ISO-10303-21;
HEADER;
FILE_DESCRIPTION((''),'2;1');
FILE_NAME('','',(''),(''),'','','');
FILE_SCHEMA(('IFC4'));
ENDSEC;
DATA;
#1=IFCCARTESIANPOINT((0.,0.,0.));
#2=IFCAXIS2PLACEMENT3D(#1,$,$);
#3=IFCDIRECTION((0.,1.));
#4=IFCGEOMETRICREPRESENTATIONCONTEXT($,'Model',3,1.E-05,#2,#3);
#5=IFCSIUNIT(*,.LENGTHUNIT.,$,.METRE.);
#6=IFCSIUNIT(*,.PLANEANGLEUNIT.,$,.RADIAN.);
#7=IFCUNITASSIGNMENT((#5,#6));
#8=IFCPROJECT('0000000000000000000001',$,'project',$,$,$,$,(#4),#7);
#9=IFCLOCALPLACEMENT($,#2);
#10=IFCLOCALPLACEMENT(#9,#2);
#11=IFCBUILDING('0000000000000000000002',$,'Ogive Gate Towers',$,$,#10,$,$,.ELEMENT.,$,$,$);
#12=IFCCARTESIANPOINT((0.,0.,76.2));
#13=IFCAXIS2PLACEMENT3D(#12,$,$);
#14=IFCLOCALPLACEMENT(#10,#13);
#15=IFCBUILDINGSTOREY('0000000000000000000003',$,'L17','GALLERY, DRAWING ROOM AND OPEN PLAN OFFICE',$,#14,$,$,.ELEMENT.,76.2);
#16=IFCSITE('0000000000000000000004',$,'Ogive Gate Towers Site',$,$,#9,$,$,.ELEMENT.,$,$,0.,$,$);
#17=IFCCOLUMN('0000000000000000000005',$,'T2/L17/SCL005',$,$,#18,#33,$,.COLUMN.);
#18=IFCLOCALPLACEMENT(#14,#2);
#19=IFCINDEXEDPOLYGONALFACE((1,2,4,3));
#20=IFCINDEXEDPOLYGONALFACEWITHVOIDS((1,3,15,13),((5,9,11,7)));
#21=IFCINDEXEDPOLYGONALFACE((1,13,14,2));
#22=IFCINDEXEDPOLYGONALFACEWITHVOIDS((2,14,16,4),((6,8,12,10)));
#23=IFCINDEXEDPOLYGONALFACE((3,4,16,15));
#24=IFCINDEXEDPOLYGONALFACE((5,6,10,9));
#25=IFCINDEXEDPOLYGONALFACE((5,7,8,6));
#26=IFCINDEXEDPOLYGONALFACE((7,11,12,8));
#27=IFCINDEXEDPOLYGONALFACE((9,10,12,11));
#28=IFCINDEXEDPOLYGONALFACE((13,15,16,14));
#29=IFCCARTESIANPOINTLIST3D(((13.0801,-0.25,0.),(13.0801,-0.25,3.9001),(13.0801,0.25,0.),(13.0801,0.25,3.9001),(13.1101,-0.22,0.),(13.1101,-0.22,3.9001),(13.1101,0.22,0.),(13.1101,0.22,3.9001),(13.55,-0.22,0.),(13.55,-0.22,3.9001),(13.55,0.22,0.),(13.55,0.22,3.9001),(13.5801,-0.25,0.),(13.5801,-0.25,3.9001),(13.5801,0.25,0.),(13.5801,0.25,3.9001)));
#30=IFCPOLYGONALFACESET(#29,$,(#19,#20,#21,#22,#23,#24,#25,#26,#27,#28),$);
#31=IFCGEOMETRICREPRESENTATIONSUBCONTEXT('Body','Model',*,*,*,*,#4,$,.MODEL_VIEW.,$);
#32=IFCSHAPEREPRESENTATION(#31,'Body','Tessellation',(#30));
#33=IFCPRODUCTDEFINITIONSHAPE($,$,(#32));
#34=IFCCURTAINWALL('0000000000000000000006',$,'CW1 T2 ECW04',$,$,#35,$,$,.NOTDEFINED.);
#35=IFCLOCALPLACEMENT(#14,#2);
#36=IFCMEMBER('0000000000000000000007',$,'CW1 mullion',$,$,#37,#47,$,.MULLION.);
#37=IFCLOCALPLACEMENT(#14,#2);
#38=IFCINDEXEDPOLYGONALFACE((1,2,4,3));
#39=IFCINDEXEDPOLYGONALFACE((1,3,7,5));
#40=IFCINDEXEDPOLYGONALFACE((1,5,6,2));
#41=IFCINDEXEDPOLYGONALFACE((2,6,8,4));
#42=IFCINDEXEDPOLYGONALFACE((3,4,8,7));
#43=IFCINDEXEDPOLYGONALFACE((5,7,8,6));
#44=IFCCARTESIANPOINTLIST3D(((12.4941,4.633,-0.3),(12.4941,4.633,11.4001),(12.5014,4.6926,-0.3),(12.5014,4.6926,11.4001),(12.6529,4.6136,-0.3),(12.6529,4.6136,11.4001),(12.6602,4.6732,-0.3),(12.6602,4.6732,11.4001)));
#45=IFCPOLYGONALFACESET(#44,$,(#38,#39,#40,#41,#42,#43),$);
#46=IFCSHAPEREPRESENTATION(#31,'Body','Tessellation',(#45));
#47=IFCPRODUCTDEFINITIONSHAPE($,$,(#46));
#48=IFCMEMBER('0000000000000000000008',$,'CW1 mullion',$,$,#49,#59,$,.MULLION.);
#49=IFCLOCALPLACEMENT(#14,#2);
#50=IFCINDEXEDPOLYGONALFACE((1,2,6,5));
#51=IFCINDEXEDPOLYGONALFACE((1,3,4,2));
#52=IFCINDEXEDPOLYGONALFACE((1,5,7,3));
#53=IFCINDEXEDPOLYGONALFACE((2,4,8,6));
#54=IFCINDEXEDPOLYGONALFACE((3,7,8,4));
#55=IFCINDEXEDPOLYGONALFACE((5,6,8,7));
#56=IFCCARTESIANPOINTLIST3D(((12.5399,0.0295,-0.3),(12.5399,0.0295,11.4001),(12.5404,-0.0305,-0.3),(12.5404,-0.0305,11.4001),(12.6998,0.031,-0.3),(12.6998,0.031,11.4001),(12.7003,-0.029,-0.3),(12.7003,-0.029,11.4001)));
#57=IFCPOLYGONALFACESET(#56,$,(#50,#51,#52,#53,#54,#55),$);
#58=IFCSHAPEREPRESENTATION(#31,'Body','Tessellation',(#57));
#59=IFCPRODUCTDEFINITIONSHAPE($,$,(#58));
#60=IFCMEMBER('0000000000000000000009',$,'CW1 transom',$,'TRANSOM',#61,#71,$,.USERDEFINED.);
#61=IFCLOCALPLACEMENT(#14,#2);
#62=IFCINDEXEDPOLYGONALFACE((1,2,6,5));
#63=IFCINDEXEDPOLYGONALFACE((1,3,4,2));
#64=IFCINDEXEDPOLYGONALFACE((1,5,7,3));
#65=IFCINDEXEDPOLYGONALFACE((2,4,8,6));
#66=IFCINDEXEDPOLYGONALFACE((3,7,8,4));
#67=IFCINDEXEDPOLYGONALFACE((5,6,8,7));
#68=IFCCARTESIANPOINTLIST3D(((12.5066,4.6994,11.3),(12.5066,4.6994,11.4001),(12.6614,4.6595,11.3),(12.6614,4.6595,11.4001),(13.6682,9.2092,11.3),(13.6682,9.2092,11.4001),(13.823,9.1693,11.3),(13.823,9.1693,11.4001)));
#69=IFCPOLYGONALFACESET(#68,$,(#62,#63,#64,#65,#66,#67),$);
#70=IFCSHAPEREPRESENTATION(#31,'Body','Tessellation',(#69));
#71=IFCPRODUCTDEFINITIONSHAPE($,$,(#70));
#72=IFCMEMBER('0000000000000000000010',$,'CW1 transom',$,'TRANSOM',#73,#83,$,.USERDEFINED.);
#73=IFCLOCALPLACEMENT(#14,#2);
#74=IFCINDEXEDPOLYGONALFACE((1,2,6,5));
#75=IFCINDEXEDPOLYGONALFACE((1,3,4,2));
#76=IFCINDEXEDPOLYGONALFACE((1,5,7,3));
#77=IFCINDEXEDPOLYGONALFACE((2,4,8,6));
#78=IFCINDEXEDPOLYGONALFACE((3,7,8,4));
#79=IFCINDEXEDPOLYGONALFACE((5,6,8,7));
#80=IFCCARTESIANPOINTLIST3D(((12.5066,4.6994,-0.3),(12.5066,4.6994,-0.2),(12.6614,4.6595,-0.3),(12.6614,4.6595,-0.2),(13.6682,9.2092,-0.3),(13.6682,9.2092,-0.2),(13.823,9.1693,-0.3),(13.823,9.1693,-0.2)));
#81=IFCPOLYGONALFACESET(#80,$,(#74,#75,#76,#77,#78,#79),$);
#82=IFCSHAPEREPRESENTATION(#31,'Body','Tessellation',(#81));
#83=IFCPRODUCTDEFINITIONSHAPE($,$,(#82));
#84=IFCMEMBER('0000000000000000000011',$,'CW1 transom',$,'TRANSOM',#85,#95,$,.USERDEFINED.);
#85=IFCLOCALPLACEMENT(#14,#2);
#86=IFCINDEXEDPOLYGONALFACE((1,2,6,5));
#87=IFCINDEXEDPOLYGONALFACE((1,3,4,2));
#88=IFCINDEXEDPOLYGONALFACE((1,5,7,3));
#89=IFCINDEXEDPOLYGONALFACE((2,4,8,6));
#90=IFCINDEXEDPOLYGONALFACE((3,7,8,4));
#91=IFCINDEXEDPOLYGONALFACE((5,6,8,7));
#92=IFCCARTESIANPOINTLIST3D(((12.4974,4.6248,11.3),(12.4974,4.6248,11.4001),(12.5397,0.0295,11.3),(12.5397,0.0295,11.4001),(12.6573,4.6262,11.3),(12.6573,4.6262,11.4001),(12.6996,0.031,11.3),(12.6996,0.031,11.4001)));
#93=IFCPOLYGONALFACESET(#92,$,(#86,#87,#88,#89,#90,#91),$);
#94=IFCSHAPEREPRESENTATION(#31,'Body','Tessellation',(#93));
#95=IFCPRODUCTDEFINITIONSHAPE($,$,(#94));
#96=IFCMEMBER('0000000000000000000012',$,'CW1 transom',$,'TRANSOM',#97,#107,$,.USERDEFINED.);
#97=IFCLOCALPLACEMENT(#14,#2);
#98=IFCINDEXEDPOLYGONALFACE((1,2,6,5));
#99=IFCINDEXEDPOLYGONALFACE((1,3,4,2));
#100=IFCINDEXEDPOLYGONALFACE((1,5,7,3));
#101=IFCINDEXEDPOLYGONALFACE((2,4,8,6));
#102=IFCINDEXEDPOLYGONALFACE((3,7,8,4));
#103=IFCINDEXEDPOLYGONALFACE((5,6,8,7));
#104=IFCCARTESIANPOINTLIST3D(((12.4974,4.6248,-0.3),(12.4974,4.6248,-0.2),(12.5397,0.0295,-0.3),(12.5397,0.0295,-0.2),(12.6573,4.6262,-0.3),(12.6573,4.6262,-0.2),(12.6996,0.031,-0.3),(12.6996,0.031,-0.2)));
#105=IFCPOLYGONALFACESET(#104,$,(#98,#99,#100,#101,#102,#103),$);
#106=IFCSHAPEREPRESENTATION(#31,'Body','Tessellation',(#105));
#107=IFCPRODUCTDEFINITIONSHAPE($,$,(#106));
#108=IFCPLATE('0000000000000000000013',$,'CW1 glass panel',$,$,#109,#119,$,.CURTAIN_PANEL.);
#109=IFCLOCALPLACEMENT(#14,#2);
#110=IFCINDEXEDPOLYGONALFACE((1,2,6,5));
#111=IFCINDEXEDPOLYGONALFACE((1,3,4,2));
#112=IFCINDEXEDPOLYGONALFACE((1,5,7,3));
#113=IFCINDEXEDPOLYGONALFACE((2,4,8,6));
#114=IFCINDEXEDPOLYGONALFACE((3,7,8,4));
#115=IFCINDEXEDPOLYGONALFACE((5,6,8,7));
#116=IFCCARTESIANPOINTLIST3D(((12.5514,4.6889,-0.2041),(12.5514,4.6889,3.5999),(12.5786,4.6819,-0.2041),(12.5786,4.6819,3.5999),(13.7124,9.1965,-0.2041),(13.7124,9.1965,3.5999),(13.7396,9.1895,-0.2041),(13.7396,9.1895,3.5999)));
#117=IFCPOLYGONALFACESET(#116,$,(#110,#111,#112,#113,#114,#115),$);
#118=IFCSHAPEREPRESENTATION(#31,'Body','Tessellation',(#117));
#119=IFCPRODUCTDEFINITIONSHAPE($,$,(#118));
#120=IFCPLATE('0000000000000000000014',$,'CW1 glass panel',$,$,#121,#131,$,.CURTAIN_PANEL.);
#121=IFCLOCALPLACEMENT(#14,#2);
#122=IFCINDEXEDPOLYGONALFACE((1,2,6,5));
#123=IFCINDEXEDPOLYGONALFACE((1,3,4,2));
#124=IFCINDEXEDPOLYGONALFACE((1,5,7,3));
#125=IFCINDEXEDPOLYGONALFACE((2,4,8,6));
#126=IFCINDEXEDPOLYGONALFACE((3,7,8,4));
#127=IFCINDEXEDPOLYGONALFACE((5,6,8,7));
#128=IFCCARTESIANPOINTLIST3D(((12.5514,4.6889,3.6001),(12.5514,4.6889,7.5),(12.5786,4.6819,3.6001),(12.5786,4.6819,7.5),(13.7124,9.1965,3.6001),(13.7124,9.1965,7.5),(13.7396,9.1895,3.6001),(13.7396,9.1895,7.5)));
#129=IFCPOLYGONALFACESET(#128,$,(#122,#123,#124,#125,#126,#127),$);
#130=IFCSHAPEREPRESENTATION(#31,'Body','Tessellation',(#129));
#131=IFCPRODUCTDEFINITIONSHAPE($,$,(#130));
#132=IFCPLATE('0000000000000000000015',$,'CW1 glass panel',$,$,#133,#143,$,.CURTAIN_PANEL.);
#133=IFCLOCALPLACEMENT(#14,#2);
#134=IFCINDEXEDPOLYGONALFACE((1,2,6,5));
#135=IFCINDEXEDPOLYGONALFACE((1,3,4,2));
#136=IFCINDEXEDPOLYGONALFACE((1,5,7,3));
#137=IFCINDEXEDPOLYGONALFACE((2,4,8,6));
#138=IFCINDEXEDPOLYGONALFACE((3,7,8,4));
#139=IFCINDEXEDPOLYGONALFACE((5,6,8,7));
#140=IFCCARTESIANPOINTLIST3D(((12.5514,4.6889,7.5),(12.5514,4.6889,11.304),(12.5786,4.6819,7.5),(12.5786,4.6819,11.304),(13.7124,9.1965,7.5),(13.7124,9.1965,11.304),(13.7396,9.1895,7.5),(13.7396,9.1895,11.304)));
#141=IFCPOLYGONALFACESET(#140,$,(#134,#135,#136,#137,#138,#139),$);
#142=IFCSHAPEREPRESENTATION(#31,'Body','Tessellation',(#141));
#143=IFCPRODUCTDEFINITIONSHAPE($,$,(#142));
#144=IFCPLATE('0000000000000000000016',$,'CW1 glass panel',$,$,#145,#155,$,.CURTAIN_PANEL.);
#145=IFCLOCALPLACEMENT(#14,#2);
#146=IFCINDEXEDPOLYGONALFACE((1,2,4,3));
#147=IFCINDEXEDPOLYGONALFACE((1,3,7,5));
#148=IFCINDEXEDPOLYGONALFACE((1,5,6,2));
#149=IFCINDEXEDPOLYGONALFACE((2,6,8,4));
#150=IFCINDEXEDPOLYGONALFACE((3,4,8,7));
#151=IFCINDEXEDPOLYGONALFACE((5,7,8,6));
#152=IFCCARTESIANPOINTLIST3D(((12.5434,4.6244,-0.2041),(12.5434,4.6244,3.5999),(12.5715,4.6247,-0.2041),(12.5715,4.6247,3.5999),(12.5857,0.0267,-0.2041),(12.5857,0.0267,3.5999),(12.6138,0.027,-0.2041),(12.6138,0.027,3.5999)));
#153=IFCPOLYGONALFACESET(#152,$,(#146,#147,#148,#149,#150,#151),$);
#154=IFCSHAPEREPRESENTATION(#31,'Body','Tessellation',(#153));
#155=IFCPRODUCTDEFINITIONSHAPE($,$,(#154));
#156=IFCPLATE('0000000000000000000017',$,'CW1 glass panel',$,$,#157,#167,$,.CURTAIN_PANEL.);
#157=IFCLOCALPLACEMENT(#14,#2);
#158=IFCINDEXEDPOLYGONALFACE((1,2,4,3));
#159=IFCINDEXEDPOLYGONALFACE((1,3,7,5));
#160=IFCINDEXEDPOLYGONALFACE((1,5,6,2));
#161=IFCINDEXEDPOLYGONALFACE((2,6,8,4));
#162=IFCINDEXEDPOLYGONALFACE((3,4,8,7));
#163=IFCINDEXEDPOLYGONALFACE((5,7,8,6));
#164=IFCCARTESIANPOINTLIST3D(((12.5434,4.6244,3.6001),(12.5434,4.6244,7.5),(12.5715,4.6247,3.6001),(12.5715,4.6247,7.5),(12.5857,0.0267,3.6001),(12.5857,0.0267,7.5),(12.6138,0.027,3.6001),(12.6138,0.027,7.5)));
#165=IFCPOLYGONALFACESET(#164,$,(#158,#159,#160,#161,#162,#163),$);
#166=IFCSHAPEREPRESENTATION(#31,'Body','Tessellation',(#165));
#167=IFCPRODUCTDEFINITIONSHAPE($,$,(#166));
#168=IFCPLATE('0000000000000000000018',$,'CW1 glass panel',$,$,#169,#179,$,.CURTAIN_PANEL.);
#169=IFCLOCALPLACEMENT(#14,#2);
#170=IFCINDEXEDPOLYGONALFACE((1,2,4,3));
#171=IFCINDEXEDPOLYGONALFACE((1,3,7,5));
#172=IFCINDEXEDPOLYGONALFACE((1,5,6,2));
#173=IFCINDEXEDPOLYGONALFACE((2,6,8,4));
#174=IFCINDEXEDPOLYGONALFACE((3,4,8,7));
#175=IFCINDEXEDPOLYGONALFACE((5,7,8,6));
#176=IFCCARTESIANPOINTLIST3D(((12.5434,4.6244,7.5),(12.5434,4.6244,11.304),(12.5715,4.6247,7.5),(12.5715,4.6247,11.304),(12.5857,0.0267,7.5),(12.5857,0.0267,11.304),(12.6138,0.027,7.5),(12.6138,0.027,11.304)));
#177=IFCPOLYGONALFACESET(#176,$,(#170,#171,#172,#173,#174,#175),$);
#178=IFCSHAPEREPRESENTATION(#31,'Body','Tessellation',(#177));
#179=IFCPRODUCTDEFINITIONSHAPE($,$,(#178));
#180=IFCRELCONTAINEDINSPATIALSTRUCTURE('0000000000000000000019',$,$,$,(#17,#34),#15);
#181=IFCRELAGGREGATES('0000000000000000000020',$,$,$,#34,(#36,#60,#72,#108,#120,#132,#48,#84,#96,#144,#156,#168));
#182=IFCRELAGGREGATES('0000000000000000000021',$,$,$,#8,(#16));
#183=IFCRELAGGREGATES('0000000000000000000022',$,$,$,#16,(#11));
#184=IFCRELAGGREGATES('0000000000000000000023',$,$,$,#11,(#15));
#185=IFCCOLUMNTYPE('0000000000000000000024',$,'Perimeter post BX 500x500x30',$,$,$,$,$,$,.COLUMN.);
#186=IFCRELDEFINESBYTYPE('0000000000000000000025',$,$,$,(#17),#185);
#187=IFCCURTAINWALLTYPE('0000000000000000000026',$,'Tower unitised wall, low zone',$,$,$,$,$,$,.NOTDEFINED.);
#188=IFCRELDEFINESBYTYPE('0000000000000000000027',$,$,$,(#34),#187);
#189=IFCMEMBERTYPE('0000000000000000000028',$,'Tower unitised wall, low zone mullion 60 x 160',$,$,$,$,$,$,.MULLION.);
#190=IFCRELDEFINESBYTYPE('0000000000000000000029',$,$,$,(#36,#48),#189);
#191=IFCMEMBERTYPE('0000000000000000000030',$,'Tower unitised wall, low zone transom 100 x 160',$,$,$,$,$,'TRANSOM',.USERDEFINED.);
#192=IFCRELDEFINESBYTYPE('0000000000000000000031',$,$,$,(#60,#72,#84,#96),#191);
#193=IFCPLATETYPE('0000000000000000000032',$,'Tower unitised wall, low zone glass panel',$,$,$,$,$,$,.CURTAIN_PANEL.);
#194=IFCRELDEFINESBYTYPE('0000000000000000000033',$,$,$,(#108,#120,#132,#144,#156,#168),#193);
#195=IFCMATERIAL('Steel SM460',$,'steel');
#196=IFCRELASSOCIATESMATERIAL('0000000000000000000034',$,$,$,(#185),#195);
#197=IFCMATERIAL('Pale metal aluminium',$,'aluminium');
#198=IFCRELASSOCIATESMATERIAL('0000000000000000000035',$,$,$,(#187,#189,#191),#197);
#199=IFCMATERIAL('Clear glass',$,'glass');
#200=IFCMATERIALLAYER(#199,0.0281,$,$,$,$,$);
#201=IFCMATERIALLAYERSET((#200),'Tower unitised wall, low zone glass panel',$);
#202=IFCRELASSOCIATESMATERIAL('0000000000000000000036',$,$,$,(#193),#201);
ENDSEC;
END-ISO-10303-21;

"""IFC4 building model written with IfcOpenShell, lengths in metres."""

from ifc_helpers import new_model, si_unit, direction, frame, origin, origin_2d, place, context, subcontext, project, spatial, rectangle, hollow_rectangle, extrude, material, layer, layer_set, material_profile, profile_set, type_object, element, aggregate, save


model = new_model("IFC4")

# Units and contexts
model_context = context("Model", 3, precision=1e-05, world=origin(), true_north=direction((0.0, 1.0)))
body_context = subcontext(model_context, "Body", "Model", "MODEL_VIEW")
ifc_project = project(units=[si_unit("LENGTHUNIT", "METRE"), si_unit("PLANEANGLEUNIT", "RADIAN")], contexts=[model_context])

# Site, building, storey
site_placement = place(None, origin())
site = spatial("IfcSite", under=ifc_project, at=site_placement, Name="Ogive Gate Towers Site", CompositionType="ELEMENT", RefElevation=0.0)
building_placement = place(site_placement, origin())
building = spatial("IfcBuilding", under=site, at=building_placement, Name="Ogive Gate Towers", CompositionType="ELEMENT")
storey_placement = place(building_placement, frame((0.0, 0.0, 76.2)))
storey = spatial("IfcBuildingStorey", under=building, at=storey_placement, Name="L17", Description="GALLERY, DRAWING ROOM AND OPEN PLAN OFFICE", CompositionType="ELEMENT", Elevation=76.2)

# Column
ifc_material_1 = material(Name="Steel SM460", Category="steel")
ifc_material_profile_1 = material_profile(ifc_material_1, hollow_rectangle(XDim=0.5, YDim=0.5, WallThickness=0.03, at=origin_2d()), Name="BX 500x500x30")
ifc_profile_set_1 = profile_set([ifc_material_profile_1], Name="Steel SM460")
column_type = type_object("IfcColumnType", Name="Perimeter post BX 500x500x30", PredefinedType="COLUMN", material=ifc_profile_set_1)
column_placement = place(storey_placement, frame((13.3301, 0.0, 0.0), z_axis=(0.0, 0.0, 1.0), x_axis=(1.0, 0.0, 0.0)))
element("IfcColumn", 1, at=column_placement, inside=storey, type_object=column_type, Name="T2/L17/SCL005", PredefinedType="COLUMN", context=body_context, shape_type="SweptSolid", body=[
    extrude(hollow_rectangle(XDim=0.5, YDim=0.5, WallThickness=0.03, at=origin_2d()), origin(), (0.0, 0.0, 1.0), 3.9001),
])

# Curtain wall, members, plates
ifc_material_2 = material(Name="Pale metal aluminium", Category="aluminium")
curtain_wall_type = type_object("IfcCurtainWallType", Name="Tower unitised wall, low zone", PredefinedType="NOTDEFINED", material=ifc_material_2)
curtain_wall_placement = place(storey_placement, origin())
curtain_wall = element("IfcCurtainWall", 2, at=curtain_wall_placement, inside=storey, type_object=curtain_wall_type, Name="CW1 T2 ECW04", PredefinedType="NOTDEFINED")
ifc_material_profile_2 = material_profile(ifc_material_2, rectangle(XDim=0.1599, YDim=0.0601, at=origin_2d()), Name="60 x 160 aluminium box")
ifc_profile_set_2 = profile_set([ifc_material_profile_2], Name="Pale metal aluminium")
member_type_1 = type_object("IfcMemberType", Name="Tower unitised wall, low zone mullion 60 x 160", PredefinedType="MULLION", material=ifc_profile_set_2)
member_1_placement = place(storey_placement, frame((12.5771, 4.6531, -0.3), z_axis=(0.0, 0.0, 1.0), x_axis=(-0.992635, 0.121142, 0.0)))
member_1 = element("IfcMember", 3, at=member_1_placement, type_object=member_type_1, Name="CW1 mullion", PredefinedType="MULLION", context=body_context, shape_type="SweptSolid", body=[
    extrude(rectangle(XDim=0.1599, YDim=0.0601, at=origin_2d()), origin(), (0.0, 0.0, 1.0), 11.7002),
])
member_2_placement = place(storey_placement, frame((12.6201, 0.0002, -0.3), z_axis=(0.0, 0.0, 1.0), x_axis=(-0.999958, -0.009198, 0.0)))
member_2 = element("IfcMember", 4, at=member_2_placement, type_object=member_type_1, Name="CW1 mullion", PredefinedType="MULLION", context=body_context, shape_type="SweptSolid", body=[
    extrude(rectangle(XDim=0.1599, YDim=0.0601, at=origin_2d()), origin(), (0.0, 0.0, 1.0), 11.7002),
])
ifc_material_profile_3 = material_profile(ifc_material_2, rectangle(XDim=0.1599, YDim=0.1001, at=origin_2d()), Name="100 x 160 aluminium box")
ifc_profile_set_3 = profile_set([ifc_material_profile_3], Name="Pale metal aluminium")
member_type_2 = type_object("IfcMemberType", Name="Tower unitised wall, low zone transom 100 x 160", ElementType="TRANSOM", PredefinedType="USERDEFINED", material=ifc_profile_set_3)
member_3_placement = place(storey_placement, frame((13.7456, 9.1892, 11.3501), z_axis=(-0.249437, -0.968391, 0.0), x_axis=(0.968391, -0.249437, 0.0)))
member_3 = element("IfcMember", 5, at=member_3_placement, type_object=member_type_2, Name="CW1 transom", ObjectType="TRANSOM", PredefinedType="USERDEFINED", context=body_context, shape_type="SweptSolid", body=[
    extrude(rectangle(XDim=0.1599, YDim=0.1001, at=origin_2d()), origin(), (0.0, 0.0, 1.0), 4.657),
])
member_4_placement = place(storey_placement, frame((13.7456, 9.1892, -0.25), z_axis=(-0.249437, -0.968391, 0.0), x_axis=(0.968391, -0.249437, 0.0)))
member_4 = element("IfcMember", 6, at=member_4_placement, type_object=member_type_2, Name="CW1 transom", ObjectType="TRANSOM", PredefinedType="USERDEFINED", context=body_context, shape_type="SweptSolid", body=[
    extrude(rectangle(XDim=0.1599, YDim=0.1001, at=origin_2d()), origin(), (0.0, 0.0, 1.0), 4.657),
])
member_5_placement = place(storey_placement, frame((12.5774, 4.6255, 11.3501), z_axis=(0.009191, -0.999958, 0.0), x_axis=(0.999958, 0.009191, 0.0)))
member_5 = element("IfcMember", 7, at=member_5_placement, type_object=member_type_2, Name="CW1 transom", ObjectType="TRANSOM", PredefinedType="USERDEFINED", context=body_context, shape_type="SweptSolid", body=[
    extrude(rectangle(XDim=0.1599, YDim=0.1001, at=origin_2d()), origin(), (0.0, 0.0, 1.0), 4.5955),
])
member_6_placement = place(storey_placement, frame((12.5774, 4.6255, -0.25), z_axis=(0.009191, -0.999958, 0.0), x_axis=(0.999958, 0.009191, 0.0)))
member_6 = element("IfcMember", 8, at=member_6_placement, type_object=member_type_2, Name="CW1 transom", ObjectType="TRANSOM", PredefinedType="USERDEFINED", context=body_context, shape_type="SweptSolid", body=[
    extrude(rectangle(XDim=0.1599, YDim=0.1001, at=origin_2d()), origin(), (0.0, 0.0, 1.0), 4.5955),
])
ifc_material_3 = material(Name="Clear glass", Category="glass")
ifc_layer_1 = layer(ifc_material_3, 0.0281)
ifc_layer_set_1 = layer_set([ifc_layer_1], Name="Tower unitised wall, low zone glass panel")
plate_type = type_object("IfcPlateType", Name="Tower unitised wall, low zone glass panel", PredefinedType="CURTAIN_PANEL", material=ifc_layer_set_1)
plate_1_placement = place(storey_placement, frame((13.1455, 6.9392, -0.2041), z_axis=(0.0, 0.0, 1.0), x_axis=(-0.249417, -0.968396, 0.0)))
plate_1 = element("IfcPlate", 9, at=plate_1_placement, type_object=plate_type, Name="CW1 glass panel", PredefinedType="CURTAIN_PANEL", context=body_context, shape_type="SweptSolid", body=[
    extrude(rectangle(XDim=4.6548, YDim=0.0281, at=origin_2d()), origin(), (0.0, 0.0, 1.0), 3.804),
])
plate_2_placement = place(storey_placement, frame((13.1455, 6.9392, 3.6001), z_axis=(0.0, 0.0, 1.0), x_axis=(-0.249417, -0.968396, 0.0)))
plate_2 = element("IfcPlate", 10, at=plate_2_placement, type_object=plate_type, Name="CW1 glass panel", PredefinedType="CURTAIN_PANEL", context=body_context, shape_type="SweptSolid", body=[
    extrude(rectangle(XDim=4.6548, YDim=0.0281, at=origin_2d()), origin(), (0.0, 0.0, 1.0), 3.8999),
])
plate_3_placement = place(storey_placement, frame((13.1455, 6.9392, 7.5), z_axis=(0.0, 0.0, 1.0), x_axis=(-0.249417, -0.968396, 0.0)))
plate_3 = element("IfcPlate", 11, at=plate_3_placement, type_object=plate_type, Name="CW1 glass panel", PredefinedType="CURTAIN_PANEL", context=body_context, shape_type="SweptSolid", body=[
    extrude(rectangle(XDim=4.6548, YDim=0.0281, at=origin_2d()), origin(), (0.0, 0.0, 1.0), 3.804),
])
plate_4_placement = place(storey_placement, frame((12.5786, 2.3257, -0.2041), z_axis=(0.0, 0.0, 1.0), x_axis=(0.009198, -0.999958, 0.0)))
plate_4 = element("IfcPlate", 12, at=plate_4_placement, type_object=plate_type, Name="CW1 glass panel", PredefinedType="CURTAIN_PANEL", context=body_context, shape_type="SweptSolid", body=[
    extrude(rectangle(XDim=4.5979, YDim=0.0281, at=origin_2d()), origin(), (0.0, 0.0, 1.0), 3.804),
])
plate_5_placement = place(storey_placement, frame((12.5786, 2.3257, 3.6001), z_axis=(0.0, 0.0, 1.0), x_axis=(0.009198, -0.999958, 0.0)))
plate_5 = element("IfcPlate", 13, at=plate_5_placement, type_object=plate_type, Name="CW1 glass panel", PredefinedType="CURTAIN_PANEL", context=body_context, shape_type="SweptSolid", body=[
    extrude(rectangle(XDim=4.5979, YDim=0.0281, at=origin_2d()), origin(), (0.0, 0.0, 1.0), 3.8999),
])
plate_6_placement = place(storey_placement, frame((12.5786, 2.3257, 7.5), z_axis=(0.0, 0.0, 1.0), x_axis=(0.009198, -0.999958, 0.0)))
plate_6 = element("IfcPlate", 14, at=plate_6_placement, type_object=plate_type, Name="CW1 glass panel", PredefinedType="CURTAIN_PANEL", context=body_context, shape_type="SweptSolid", body=[
    extrude(rectangle(XDim=4.5979, YDim=0.0281, at=origin_2d()), origin(), (0.0, 0.0, 1.0), 3.804),
])
aggregate(curtain_wall, [member_1, member_3, member_4, plate_1, plate_2, plate_3, member_2, member_5, member_6, plate_4, plate_5, plate_6])

save(model, "model.ifc")
